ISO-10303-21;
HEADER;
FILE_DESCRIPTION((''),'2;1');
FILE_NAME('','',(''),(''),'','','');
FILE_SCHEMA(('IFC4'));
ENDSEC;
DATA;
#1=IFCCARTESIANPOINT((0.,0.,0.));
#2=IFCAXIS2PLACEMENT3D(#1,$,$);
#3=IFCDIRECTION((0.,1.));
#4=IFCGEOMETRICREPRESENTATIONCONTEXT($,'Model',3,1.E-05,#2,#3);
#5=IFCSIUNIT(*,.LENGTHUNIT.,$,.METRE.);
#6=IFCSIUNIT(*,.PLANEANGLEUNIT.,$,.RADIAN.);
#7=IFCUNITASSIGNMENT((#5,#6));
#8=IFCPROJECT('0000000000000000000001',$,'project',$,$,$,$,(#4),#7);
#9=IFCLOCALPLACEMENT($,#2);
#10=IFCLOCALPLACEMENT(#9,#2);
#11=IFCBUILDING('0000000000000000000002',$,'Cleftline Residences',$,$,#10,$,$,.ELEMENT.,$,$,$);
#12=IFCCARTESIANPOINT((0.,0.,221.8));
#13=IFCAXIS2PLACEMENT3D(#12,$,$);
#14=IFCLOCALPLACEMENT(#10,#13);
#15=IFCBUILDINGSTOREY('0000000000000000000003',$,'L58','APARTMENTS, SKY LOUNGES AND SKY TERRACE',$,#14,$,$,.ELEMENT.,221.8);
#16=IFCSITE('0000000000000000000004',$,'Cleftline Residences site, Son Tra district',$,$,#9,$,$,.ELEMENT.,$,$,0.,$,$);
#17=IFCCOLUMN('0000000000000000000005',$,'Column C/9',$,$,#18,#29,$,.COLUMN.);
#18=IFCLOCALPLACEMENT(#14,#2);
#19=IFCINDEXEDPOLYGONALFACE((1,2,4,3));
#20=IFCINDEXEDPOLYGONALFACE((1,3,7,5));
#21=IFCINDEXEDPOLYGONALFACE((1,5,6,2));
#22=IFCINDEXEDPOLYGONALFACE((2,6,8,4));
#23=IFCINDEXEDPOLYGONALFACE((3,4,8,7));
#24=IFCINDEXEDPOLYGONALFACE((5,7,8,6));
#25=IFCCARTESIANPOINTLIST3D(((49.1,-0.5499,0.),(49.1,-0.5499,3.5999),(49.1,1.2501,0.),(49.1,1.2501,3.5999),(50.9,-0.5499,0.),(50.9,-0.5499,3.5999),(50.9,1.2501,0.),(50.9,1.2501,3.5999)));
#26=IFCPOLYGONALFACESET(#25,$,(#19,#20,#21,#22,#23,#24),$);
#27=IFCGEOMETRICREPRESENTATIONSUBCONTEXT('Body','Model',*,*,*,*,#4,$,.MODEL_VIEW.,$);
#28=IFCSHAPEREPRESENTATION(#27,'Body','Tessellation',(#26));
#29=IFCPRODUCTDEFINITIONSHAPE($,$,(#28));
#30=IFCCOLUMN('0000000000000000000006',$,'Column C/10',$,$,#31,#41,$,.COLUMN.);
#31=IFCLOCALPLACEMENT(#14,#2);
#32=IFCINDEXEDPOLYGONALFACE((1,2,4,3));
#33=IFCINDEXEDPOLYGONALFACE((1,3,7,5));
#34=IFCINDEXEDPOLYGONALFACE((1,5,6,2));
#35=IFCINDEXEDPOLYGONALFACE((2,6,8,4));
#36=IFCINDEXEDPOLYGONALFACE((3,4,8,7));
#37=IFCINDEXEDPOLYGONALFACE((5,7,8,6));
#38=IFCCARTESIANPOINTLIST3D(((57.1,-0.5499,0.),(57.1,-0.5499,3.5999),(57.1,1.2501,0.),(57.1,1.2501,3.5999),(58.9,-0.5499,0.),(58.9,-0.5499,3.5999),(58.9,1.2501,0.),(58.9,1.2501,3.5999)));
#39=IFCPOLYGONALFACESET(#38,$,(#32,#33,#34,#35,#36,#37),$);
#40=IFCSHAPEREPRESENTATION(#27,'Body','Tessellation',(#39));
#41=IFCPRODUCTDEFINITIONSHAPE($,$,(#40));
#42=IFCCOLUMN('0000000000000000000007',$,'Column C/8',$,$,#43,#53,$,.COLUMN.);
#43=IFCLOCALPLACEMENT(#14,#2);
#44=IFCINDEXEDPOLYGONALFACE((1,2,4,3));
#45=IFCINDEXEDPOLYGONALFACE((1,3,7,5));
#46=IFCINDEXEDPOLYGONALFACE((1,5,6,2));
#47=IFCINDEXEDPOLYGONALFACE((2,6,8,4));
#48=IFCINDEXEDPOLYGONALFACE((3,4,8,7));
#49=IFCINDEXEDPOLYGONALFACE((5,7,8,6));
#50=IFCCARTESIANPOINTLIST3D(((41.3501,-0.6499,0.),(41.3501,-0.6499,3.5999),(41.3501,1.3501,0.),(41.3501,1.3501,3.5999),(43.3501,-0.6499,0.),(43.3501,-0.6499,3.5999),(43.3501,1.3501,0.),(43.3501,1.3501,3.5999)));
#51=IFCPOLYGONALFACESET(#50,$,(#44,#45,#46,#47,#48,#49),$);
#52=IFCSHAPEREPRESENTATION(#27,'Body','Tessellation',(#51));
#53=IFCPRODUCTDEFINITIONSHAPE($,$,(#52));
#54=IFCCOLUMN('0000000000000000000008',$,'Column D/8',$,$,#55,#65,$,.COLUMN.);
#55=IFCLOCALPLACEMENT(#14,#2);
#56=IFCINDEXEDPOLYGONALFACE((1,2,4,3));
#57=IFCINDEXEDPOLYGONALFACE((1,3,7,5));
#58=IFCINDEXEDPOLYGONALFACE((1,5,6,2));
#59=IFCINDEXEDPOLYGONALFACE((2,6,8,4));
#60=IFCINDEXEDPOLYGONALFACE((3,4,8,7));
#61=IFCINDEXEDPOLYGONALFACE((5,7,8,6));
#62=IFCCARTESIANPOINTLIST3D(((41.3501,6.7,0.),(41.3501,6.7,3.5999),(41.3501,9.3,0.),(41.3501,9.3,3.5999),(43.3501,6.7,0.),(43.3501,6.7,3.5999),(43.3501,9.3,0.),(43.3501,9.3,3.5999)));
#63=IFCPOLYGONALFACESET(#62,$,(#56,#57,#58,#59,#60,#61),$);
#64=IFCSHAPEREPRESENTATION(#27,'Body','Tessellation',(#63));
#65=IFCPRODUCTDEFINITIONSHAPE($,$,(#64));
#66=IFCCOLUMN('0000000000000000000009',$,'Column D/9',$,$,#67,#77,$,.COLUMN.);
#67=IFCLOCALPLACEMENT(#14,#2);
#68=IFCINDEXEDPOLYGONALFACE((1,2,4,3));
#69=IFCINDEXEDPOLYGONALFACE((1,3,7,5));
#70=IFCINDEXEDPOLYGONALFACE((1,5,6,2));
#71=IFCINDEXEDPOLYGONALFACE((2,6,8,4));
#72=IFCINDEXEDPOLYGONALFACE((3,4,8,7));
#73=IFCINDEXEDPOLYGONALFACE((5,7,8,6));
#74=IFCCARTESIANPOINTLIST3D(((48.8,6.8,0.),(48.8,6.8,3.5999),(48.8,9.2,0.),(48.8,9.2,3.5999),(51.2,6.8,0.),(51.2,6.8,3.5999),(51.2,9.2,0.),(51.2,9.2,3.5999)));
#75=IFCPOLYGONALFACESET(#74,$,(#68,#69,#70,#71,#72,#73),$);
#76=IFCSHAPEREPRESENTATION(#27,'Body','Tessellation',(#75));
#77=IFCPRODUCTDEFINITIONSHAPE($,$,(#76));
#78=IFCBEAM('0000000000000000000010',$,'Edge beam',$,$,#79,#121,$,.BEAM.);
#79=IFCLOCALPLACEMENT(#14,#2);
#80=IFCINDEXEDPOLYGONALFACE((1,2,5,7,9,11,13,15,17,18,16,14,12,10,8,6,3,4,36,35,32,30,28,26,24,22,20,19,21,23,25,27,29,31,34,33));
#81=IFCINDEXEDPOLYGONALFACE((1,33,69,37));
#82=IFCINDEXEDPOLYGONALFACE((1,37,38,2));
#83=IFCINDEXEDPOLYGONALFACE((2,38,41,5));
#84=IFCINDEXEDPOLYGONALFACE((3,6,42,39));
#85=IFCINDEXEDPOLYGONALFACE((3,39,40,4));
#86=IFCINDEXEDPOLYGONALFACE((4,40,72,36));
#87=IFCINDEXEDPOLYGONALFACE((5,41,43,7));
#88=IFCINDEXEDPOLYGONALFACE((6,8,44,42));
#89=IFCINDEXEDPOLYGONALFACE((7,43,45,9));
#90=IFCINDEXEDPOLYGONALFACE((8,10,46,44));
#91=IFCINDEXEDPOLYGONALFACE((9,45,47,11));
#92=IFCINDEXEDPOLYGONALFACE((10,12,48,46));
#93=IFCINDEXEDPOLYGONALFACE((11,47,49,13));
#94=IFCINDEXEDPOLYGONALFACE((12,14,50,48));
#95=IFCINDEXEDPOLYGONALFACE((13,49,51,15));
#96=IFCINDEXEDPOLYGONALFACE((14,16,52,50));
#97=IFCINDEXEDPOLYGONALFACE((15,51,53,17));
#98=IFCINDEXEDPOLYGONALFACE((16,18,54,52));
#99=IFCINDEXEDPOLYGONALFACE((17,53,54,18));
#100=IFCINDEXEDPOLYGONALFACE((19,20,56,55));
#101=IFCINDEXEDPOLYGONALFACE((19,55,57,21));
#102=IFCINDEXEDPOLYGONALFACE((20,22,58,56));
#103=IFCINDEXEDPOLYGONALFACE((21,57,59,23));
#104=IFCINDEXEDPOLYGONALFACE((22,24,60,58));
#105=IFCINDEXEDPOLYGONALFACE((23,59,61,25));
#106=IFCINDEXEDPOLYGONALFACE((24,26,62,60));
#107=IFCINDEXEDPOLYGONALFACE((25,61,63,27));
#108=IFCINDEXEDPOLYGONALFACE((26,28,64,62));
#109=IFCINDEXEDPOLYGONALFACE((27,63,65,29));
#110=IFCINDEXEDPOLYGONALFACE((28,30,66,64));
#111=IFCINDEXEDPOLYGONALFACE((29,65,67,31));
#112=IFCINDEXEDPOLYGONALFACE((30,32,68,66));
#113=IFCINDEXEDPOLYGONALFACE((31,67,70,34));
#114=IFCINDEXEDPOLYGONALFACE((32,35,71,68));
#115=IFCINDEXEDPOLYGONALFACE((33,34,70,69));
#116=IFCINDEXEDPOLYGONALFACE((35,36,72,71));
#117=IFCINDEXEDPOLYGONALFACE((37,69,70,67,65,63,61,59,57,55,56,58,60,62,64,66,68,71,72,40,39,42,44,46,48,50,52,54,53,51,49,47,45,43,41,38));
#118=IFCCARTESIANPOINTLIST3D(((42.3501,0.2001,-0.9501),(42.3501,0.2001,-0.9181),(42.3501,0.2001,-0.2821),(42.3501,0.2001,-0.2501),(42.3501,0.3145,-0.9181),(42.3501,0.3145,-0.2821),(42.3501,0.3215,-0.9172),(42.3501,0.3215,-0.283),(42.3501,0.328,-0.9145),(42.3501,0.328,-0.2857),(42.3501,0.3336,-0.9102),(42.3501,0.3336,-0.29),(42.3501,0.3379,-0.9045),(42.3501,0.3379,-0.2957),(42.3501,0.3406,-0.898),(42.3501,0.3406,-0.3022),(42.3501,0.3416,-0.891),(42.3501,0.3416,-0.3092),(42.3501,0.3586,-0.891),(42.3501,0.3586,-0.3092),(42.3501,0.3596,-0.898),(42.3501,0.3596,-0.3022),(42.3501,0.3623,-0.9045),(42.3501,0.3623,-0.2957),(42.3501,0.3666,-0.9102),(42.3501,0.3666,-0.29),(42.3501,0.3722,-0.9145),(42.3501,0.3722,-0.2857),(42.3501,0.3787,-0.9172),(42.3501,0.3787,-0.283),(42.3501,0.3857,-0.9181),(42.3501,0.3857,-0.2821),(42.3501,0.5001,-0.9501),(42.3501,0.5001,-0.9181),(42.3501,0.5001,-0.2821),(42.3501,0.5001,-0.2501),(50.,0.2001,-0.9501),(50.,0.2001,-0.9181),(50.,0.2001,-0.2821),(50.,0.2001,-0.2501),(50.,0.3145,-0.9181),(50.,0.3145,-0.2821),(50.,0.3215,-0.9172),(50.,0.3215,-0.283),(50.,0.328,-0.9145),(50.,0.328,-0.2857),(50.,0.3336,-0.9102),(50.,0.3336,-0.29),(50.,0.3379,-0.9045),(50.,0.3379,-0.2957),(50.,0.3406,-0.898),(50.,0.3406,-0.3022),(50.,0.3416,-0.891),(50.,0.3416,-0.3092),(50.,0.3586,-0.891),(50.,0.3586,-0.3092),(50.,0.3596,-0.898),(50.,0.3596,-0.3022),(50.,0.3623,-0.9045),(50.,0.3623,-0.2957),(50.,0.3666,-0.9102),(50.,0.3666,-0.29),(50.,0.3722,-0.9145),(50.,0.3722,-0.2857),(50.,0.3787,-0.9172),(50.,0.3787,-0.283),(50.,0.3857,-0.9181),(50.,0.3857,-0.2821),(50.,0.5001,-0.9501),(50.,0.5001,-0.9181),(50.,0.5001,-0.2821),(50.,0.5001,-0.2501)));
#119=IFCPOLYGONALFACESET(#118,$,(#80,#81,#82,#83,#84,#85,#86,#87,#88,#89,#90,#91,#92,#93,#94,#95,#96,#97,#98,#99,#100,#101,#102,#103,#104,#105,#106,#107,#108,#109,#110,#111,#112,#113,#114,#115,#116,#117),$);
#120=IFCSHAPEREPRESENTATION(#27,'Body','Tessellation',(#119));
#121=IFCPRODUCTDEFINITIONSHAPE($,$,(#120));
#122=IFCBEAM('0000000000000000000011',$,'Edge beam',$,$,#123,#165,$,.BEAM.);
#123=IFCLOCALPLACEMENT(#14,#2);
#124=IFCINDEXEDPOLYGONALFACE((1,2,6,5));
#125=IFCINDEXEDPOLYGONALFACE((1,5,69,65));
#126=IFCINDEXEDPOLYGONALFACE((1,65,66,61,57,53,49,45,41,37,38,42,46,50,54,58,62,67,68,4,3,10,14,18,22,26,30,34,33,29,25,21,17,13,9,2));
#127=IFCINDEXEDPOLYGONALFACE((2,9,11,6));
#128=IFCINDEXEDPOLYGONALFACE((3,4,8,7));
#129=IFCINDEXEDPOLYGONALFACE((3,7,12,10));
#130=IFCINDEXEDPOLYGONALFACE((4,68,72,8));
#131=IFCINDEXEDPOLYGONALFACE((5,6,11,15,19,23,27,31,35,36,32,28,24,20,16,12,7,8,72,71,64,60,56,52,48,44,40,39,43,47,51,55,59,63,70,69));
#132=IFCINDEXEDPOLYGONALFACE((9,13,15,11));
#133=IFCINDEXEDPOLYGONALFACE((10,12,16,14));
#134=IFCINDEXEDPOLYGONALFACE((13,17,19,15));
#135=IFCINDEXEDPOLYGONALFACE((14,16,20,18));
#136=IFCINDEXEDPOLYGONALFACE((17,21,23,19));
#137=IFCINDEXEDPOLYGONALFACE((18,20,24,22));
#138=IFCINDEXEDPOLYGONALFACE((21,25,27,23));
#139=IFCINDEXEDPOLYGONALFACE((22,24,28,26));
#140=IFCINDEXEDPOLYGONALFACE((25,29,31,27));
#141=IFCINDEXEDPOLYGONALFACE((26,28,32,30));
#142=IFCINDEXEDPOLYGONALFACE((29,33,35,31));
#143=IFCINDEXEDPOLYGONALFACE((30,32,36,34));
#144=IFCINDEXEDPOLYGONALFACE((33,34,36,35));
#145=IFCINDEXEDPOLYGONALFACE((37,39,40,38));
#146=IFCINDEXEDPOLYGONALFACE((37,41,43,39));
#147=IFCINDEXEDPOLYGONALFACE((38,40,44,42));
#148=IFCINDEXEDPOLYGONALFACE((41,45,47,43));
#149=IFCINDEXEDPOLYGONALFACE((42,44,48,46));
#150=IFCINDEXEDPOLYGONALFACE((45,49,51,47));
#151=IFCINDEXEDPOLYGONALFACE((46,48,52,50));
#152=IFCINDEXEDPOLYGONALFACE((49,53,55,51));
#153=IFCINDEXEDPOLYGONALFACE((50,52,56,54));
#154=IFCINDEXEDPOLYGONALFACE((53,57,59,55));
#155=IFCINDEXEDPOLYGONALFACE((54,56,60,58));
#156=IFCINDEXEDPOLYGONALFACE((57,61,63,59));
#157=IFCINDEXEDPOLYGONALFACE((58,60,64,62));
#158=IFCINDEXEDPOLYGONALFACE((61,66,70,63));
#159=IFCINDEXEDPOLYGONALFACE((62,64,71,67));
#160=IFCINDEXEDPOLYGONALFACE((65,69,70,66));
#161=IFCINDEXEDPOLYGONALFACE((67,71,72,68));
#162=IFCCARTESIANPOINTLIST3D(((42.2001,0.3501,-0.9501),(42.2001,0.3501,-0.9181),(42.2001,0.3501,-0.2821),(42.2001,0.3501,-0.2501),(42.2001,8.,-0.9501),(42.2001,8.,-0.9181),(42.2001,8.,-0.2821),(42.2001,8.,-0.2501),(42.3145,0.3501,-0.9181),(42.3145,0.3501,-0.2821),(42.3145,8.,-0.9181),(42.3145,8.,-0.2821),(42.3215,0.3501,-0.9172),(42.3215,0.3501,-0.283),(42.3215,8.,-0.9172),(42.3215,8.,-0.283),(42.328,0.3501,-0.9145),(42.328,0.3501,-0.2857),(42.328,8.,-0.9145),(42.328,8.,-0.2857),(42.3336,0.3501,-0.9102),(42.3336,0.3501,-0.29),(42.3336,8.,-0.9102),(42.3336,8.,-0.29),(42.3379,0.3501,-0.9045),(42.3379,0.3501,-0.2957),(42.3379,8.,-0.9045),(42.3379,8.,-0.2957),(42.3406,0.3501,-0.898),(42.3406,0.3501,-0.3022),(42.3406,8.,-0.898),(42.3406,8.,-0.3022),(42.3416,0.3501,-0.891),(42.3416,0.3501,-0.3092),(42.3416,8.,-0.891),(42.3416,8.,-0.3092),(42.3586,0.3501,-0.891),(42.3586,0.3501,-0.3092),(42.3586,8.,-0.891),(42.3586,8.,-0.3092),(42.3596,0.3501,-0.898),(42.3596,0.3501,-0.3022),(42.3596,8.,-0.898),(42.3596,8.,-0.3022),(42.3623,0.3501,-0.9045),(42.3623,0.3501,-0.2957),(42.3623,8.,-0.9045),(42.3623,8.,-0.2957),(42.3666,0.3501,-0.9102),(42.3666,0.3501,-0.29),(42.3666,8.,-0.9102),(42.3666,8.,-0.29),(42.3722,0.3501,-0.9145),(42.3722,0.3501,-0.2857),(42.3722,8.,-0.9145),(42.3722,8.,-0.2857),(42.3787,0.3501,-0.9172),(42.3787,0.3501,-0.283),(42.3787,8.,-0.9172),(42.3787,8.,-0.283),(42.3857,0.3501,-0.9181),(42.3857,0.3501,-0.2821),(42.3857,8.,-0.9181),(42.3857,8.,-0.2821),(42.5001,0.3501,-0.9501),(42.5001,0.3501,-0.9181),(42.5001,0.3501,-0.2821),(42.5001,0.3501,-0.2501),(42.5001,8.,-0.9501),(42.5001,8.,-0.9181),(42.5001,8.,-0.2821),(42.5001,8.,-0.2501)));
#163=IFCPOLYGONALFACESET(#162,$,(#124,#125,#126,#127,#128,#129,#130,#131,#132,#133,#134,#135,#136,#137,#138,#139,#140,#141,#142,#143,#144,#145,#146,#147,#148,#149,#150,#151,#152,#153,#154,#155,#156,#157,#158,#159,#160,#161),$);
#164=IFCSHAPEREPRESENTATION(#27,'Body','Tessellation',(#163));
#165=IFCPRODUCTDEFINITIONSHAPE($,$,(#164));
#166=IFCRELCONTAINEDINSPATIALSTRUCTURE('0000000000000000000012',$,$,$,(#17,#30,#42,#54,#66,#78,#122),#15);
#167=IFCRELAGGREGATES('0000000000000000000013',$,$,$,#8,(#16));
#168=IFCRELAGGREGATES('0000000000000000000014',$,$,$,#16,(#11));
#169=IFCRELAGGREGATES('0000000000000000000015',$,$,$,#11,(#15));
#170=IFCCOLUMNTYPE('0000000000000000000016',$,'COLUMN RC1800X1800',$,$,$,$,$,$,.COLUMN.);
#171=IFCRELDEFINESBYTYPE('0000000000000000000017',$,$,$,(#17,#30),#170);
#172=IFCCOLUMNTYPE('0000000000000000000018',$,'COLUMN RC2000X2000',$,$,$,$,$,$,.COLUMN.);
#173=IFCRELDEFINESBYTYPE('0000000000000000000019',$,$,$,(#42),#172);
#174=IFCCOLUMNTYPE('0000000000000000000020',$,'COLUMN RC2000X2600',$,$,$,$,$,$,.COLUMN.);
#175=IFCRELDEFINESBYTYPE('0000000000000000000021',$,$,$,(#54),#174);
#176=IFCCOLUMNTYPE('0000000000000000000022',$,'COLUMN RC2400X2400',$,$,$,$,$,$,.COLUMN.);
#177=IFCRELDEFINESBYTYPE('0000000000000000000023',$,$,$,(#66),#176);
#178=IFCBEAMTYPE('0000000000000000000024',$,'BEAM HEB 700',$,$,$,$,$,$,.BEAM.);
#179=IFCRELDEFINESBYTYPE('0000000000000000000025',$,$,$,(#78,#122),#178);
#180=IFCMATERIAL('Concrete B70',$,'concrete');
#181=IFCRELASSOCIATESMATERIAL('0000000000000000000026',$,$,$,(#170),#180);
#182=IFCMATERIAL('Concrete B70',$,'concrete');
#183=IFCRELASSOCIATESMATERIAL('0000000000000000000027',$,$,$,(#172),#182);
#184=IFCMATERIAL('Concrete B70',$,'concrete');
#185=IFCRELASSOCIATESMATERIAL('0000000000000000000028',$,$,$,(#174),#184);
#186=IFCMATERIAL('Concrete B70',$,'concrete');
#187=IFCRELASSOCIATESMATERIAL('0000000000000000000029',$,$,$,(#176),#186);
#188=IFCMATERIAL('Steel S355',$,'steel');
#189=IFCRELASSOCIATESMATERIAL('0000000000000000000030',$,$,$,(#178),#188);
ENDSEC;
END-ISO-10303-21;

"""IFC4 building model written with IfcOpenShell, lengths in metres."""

from ifc_helpers import new_model, si_unit, direction, frame, origin, origin_2d, place, context, subcontext, project, spatial, rectangle, i_section, extrude, material, material_profile, profile_set, type_object, element, save


model = new_model("IFC4")

# Units and contexts
model_context = context("Model", 3, precision=1e-05, world=origin(), true_north=direction((0.0, 1.0)))
body_context = subcontext(model_context, "Body", "Model", "MODEL_VIEW")
ifc_project = project(units=[si_unit("LENGTHUNIT", "METRE"), si_unit("PLANEANGLEUNIT", "RADIAN")], contexts=[model_context])

# Site, building, storey
site_placement = place(None, origin())
site = spatial("IfcSite", under=ifc_project, at=site_placement, Name="Cleftline Residences site, Son Tra district", CompositionType="ELEMENT", RefElevation=0.0)
building_placement = place(site_placement, origin())
building = spatial("IfcBuilding", under=site, at=building_placement, Name="Cleftline Residences", CompositionType="ELEMENT")
storey_placement = place(building_placement, frame((0.0, 0.0, 221.8)))
storey = spatial("IfcBuildingStorey", under=building, at=storey_placement, Name="L58", Description="APARTMENTS, SKY LOUNGES AND SKY TERRACE", CompositionType="ELEMENT", Elevation=221.8)

# Columns
ifc_material_1 = material(Name="Concrete B70", Category="concrete")
ifc_material_profile_1 = material_profile(ifc_material_1, rectangle(XDim=1.8, YDim=1.8, at=origin_2d()))
ifc_profile_set_1 = profile_set([ifc_material_profile_1], Name="Concrete B70")
column_type_1 = type_object("IfcColumnType", Name="COLUMN RC1800X1800", PredefinedType="COLUMN", material=ifc_profile_set_1)
for number, where, z_axis, x_axis, name in (
    (1, (50.0, 0.3501, 0.0), (0.0, 0.0, 1.0), (1.0, 0.0, 0.0), "Column C/9"),
    (2, (58.0, 0.3501, 0.0), (0.0, 0.0, 1.0), (1.0, 0.0, 0.0), "Column C/10"),
):
    element("IfcColumn", number, at=place(storey_placement, frame(where, z_axis=z_axis, x_axis=x_axis)), inside=storey, type_object=column_type_1, Name=name, PredefinedType="COLUMN", context=body_context, shape_type="SweptSolid", body=[
        extrude(rectangle(XDim=1.8, YDim=1.8, at=origin_2d()), origin(), (0.0, 0.0, 1.0), 3.5999),
    ])
ifc_material_2 = material(Name="Concrete B70", Category="concrete")
ifc_material_profile_2 = material_profile(ifc_material_2, rectangle(XDim=2.0, YDim=2.0, at=origin_2d()))
ifc_profile_set_2 = profile_set([ifc_material_profile_2], Name="Concrete B70")
column_type_2 = type_object("IfcColumnType", Name="COLUMN RC2000X2000", PredefinedType="COLUMN", material=ifc_profile_set_2)
column_1_placement = place(storey_placement, frame((42.3501, 0.3501, 0.0), z_axis=(0.0, 0.0, 1.0), x_axis=(1.0, 0.0, 0.0)))
element("IfcColumn", 3, at=column_1_placement, inside=storey, type_object=column_type_2, Name="Column C/8", PredefinedType="COLUMN", context=body_context, shape_type="SweptSolid", body=[
    extrude(rectangle(XDim=2.0, YDim=2.0, at=origin_2d()), origin(), (0.0, 0.0, 1.0), 3.5999),
])
ifc_material_3 = material(Name="Concrete B70", Category="concrete")
ifc_material_profile_3 = material_profile(ifc_material_3, rectangle(XDim=2.0, YDim=2.6001, at=origin_2d()))
ifc_profile_set_3 = profile_set([ifc_material_profile_3], Name="Concrete B70")
column_type_3 = type_object("IfcColumnType", Name="COLUMN RC2000X2600", PredefinedType="COLUMN", material=ifc_profile_set_3)
column_2_placement = place(storey_placement, frame((42.3501, 8.0, 0.0), z_axis=(0.0, 0.0, 1.0), x_axis=(1.0, 0.0, 0.0)))
element("IfcColumn", 4, at=column_2_placement, inside=storey, type_object=column_type_3, Name="Column D/8", PredefinedType="COLUMN", context=body_context, shape_type="SweptSolid", body=[
    extrude(rectangle(XDim=2.0, YDim=2.6001, at=origin_2d()), origin(), (0.0, 0.0, 1.0), 3.5999),
])
ifc_material_4 = material(Name="Concrete B70", Category="concrete")
ifc_material_profile_4 = material_profile(ifc_material_4, rectangle(XDim=2.3999, YDim=2.3999, at=origin_2d()))
ifc_profile_set_4 = profile_set([ifc_material_profile_4], Name="Concrete B70")
column_type_4 = type_object("IfcColumnType", Name="COLUMN RC2400X2400", PredefinedType="COLUMN", material=ifc_profile_set_4)
column_3_placement = place(storey_placement, frame((50.0, 8.0, 0.0), z_axis=(0.0, 0.0, 1.0), x_axis=(1.0, 0.0, 0.0)))
element("IfcColumn", 5, at=column_3_placement, inside=storey, type_object=column_type_4, Name="Column D/9", PredefinedType="COLUMN", context=body_context, shape_type="SweptSolid", body=[
    extrude(rectangle(XDim=2.3999, YDim=2.3999, at=origin_2d()), origin(), (0.0, 0.0, 1.0), 3.5999),
])

# Beams
ifc_material_5 = material(Name="Steel S355", Category="steel")
ifc_material_profile_5 = material_profile(ifc_material_5, i_section(OverallWidth=0.3, OverallDepth=0.7, WebThickness=0.0171, FlangeThickness=0.032, FilletRadius=0.0271, at=origin_2d()))
ifc_profile_set_5 = profile_set([ifc_material_profile_5], Name="Steel S355")
beam_type = type_object("IfcBeamType", Name="BEAM HEB 700", PredefinedType="BEAM", material=ifc_profile_set_5)
for number, where, z_axis, x_axis, name in (
    (6, (50.0, 0.3501, -0.6001), (-1.0, 0.0, 0.0), (0.0, -1.0, 0.0), "Edge beam"),
    (7, (42.3501, 0.3501, -0.6001), (0.0, 1.0, 0.0), (-1.0, 0.0, 0.0), "Edge beam"),
):
    element("IfcBeam", number, at=place(storey_placement, frame(where, z_axis=z_axis, x_axis=x_axis)), inside=storey, type_object=beam_type, Name=name, PredefinedType="BEAM", context=body_context, shape_type="SweptSolid", body=[
        extrude(i_section(OverallWidth=0.3, OverallDepth=0.7, WebThickness=0.0171, FlangeThickness=0.032, FilletRadius=0.0271, at=origin_2d()), origin(), (0.0, 0.0, 1.0), 7.6499),
    ])

save(model, "model.ifc")
